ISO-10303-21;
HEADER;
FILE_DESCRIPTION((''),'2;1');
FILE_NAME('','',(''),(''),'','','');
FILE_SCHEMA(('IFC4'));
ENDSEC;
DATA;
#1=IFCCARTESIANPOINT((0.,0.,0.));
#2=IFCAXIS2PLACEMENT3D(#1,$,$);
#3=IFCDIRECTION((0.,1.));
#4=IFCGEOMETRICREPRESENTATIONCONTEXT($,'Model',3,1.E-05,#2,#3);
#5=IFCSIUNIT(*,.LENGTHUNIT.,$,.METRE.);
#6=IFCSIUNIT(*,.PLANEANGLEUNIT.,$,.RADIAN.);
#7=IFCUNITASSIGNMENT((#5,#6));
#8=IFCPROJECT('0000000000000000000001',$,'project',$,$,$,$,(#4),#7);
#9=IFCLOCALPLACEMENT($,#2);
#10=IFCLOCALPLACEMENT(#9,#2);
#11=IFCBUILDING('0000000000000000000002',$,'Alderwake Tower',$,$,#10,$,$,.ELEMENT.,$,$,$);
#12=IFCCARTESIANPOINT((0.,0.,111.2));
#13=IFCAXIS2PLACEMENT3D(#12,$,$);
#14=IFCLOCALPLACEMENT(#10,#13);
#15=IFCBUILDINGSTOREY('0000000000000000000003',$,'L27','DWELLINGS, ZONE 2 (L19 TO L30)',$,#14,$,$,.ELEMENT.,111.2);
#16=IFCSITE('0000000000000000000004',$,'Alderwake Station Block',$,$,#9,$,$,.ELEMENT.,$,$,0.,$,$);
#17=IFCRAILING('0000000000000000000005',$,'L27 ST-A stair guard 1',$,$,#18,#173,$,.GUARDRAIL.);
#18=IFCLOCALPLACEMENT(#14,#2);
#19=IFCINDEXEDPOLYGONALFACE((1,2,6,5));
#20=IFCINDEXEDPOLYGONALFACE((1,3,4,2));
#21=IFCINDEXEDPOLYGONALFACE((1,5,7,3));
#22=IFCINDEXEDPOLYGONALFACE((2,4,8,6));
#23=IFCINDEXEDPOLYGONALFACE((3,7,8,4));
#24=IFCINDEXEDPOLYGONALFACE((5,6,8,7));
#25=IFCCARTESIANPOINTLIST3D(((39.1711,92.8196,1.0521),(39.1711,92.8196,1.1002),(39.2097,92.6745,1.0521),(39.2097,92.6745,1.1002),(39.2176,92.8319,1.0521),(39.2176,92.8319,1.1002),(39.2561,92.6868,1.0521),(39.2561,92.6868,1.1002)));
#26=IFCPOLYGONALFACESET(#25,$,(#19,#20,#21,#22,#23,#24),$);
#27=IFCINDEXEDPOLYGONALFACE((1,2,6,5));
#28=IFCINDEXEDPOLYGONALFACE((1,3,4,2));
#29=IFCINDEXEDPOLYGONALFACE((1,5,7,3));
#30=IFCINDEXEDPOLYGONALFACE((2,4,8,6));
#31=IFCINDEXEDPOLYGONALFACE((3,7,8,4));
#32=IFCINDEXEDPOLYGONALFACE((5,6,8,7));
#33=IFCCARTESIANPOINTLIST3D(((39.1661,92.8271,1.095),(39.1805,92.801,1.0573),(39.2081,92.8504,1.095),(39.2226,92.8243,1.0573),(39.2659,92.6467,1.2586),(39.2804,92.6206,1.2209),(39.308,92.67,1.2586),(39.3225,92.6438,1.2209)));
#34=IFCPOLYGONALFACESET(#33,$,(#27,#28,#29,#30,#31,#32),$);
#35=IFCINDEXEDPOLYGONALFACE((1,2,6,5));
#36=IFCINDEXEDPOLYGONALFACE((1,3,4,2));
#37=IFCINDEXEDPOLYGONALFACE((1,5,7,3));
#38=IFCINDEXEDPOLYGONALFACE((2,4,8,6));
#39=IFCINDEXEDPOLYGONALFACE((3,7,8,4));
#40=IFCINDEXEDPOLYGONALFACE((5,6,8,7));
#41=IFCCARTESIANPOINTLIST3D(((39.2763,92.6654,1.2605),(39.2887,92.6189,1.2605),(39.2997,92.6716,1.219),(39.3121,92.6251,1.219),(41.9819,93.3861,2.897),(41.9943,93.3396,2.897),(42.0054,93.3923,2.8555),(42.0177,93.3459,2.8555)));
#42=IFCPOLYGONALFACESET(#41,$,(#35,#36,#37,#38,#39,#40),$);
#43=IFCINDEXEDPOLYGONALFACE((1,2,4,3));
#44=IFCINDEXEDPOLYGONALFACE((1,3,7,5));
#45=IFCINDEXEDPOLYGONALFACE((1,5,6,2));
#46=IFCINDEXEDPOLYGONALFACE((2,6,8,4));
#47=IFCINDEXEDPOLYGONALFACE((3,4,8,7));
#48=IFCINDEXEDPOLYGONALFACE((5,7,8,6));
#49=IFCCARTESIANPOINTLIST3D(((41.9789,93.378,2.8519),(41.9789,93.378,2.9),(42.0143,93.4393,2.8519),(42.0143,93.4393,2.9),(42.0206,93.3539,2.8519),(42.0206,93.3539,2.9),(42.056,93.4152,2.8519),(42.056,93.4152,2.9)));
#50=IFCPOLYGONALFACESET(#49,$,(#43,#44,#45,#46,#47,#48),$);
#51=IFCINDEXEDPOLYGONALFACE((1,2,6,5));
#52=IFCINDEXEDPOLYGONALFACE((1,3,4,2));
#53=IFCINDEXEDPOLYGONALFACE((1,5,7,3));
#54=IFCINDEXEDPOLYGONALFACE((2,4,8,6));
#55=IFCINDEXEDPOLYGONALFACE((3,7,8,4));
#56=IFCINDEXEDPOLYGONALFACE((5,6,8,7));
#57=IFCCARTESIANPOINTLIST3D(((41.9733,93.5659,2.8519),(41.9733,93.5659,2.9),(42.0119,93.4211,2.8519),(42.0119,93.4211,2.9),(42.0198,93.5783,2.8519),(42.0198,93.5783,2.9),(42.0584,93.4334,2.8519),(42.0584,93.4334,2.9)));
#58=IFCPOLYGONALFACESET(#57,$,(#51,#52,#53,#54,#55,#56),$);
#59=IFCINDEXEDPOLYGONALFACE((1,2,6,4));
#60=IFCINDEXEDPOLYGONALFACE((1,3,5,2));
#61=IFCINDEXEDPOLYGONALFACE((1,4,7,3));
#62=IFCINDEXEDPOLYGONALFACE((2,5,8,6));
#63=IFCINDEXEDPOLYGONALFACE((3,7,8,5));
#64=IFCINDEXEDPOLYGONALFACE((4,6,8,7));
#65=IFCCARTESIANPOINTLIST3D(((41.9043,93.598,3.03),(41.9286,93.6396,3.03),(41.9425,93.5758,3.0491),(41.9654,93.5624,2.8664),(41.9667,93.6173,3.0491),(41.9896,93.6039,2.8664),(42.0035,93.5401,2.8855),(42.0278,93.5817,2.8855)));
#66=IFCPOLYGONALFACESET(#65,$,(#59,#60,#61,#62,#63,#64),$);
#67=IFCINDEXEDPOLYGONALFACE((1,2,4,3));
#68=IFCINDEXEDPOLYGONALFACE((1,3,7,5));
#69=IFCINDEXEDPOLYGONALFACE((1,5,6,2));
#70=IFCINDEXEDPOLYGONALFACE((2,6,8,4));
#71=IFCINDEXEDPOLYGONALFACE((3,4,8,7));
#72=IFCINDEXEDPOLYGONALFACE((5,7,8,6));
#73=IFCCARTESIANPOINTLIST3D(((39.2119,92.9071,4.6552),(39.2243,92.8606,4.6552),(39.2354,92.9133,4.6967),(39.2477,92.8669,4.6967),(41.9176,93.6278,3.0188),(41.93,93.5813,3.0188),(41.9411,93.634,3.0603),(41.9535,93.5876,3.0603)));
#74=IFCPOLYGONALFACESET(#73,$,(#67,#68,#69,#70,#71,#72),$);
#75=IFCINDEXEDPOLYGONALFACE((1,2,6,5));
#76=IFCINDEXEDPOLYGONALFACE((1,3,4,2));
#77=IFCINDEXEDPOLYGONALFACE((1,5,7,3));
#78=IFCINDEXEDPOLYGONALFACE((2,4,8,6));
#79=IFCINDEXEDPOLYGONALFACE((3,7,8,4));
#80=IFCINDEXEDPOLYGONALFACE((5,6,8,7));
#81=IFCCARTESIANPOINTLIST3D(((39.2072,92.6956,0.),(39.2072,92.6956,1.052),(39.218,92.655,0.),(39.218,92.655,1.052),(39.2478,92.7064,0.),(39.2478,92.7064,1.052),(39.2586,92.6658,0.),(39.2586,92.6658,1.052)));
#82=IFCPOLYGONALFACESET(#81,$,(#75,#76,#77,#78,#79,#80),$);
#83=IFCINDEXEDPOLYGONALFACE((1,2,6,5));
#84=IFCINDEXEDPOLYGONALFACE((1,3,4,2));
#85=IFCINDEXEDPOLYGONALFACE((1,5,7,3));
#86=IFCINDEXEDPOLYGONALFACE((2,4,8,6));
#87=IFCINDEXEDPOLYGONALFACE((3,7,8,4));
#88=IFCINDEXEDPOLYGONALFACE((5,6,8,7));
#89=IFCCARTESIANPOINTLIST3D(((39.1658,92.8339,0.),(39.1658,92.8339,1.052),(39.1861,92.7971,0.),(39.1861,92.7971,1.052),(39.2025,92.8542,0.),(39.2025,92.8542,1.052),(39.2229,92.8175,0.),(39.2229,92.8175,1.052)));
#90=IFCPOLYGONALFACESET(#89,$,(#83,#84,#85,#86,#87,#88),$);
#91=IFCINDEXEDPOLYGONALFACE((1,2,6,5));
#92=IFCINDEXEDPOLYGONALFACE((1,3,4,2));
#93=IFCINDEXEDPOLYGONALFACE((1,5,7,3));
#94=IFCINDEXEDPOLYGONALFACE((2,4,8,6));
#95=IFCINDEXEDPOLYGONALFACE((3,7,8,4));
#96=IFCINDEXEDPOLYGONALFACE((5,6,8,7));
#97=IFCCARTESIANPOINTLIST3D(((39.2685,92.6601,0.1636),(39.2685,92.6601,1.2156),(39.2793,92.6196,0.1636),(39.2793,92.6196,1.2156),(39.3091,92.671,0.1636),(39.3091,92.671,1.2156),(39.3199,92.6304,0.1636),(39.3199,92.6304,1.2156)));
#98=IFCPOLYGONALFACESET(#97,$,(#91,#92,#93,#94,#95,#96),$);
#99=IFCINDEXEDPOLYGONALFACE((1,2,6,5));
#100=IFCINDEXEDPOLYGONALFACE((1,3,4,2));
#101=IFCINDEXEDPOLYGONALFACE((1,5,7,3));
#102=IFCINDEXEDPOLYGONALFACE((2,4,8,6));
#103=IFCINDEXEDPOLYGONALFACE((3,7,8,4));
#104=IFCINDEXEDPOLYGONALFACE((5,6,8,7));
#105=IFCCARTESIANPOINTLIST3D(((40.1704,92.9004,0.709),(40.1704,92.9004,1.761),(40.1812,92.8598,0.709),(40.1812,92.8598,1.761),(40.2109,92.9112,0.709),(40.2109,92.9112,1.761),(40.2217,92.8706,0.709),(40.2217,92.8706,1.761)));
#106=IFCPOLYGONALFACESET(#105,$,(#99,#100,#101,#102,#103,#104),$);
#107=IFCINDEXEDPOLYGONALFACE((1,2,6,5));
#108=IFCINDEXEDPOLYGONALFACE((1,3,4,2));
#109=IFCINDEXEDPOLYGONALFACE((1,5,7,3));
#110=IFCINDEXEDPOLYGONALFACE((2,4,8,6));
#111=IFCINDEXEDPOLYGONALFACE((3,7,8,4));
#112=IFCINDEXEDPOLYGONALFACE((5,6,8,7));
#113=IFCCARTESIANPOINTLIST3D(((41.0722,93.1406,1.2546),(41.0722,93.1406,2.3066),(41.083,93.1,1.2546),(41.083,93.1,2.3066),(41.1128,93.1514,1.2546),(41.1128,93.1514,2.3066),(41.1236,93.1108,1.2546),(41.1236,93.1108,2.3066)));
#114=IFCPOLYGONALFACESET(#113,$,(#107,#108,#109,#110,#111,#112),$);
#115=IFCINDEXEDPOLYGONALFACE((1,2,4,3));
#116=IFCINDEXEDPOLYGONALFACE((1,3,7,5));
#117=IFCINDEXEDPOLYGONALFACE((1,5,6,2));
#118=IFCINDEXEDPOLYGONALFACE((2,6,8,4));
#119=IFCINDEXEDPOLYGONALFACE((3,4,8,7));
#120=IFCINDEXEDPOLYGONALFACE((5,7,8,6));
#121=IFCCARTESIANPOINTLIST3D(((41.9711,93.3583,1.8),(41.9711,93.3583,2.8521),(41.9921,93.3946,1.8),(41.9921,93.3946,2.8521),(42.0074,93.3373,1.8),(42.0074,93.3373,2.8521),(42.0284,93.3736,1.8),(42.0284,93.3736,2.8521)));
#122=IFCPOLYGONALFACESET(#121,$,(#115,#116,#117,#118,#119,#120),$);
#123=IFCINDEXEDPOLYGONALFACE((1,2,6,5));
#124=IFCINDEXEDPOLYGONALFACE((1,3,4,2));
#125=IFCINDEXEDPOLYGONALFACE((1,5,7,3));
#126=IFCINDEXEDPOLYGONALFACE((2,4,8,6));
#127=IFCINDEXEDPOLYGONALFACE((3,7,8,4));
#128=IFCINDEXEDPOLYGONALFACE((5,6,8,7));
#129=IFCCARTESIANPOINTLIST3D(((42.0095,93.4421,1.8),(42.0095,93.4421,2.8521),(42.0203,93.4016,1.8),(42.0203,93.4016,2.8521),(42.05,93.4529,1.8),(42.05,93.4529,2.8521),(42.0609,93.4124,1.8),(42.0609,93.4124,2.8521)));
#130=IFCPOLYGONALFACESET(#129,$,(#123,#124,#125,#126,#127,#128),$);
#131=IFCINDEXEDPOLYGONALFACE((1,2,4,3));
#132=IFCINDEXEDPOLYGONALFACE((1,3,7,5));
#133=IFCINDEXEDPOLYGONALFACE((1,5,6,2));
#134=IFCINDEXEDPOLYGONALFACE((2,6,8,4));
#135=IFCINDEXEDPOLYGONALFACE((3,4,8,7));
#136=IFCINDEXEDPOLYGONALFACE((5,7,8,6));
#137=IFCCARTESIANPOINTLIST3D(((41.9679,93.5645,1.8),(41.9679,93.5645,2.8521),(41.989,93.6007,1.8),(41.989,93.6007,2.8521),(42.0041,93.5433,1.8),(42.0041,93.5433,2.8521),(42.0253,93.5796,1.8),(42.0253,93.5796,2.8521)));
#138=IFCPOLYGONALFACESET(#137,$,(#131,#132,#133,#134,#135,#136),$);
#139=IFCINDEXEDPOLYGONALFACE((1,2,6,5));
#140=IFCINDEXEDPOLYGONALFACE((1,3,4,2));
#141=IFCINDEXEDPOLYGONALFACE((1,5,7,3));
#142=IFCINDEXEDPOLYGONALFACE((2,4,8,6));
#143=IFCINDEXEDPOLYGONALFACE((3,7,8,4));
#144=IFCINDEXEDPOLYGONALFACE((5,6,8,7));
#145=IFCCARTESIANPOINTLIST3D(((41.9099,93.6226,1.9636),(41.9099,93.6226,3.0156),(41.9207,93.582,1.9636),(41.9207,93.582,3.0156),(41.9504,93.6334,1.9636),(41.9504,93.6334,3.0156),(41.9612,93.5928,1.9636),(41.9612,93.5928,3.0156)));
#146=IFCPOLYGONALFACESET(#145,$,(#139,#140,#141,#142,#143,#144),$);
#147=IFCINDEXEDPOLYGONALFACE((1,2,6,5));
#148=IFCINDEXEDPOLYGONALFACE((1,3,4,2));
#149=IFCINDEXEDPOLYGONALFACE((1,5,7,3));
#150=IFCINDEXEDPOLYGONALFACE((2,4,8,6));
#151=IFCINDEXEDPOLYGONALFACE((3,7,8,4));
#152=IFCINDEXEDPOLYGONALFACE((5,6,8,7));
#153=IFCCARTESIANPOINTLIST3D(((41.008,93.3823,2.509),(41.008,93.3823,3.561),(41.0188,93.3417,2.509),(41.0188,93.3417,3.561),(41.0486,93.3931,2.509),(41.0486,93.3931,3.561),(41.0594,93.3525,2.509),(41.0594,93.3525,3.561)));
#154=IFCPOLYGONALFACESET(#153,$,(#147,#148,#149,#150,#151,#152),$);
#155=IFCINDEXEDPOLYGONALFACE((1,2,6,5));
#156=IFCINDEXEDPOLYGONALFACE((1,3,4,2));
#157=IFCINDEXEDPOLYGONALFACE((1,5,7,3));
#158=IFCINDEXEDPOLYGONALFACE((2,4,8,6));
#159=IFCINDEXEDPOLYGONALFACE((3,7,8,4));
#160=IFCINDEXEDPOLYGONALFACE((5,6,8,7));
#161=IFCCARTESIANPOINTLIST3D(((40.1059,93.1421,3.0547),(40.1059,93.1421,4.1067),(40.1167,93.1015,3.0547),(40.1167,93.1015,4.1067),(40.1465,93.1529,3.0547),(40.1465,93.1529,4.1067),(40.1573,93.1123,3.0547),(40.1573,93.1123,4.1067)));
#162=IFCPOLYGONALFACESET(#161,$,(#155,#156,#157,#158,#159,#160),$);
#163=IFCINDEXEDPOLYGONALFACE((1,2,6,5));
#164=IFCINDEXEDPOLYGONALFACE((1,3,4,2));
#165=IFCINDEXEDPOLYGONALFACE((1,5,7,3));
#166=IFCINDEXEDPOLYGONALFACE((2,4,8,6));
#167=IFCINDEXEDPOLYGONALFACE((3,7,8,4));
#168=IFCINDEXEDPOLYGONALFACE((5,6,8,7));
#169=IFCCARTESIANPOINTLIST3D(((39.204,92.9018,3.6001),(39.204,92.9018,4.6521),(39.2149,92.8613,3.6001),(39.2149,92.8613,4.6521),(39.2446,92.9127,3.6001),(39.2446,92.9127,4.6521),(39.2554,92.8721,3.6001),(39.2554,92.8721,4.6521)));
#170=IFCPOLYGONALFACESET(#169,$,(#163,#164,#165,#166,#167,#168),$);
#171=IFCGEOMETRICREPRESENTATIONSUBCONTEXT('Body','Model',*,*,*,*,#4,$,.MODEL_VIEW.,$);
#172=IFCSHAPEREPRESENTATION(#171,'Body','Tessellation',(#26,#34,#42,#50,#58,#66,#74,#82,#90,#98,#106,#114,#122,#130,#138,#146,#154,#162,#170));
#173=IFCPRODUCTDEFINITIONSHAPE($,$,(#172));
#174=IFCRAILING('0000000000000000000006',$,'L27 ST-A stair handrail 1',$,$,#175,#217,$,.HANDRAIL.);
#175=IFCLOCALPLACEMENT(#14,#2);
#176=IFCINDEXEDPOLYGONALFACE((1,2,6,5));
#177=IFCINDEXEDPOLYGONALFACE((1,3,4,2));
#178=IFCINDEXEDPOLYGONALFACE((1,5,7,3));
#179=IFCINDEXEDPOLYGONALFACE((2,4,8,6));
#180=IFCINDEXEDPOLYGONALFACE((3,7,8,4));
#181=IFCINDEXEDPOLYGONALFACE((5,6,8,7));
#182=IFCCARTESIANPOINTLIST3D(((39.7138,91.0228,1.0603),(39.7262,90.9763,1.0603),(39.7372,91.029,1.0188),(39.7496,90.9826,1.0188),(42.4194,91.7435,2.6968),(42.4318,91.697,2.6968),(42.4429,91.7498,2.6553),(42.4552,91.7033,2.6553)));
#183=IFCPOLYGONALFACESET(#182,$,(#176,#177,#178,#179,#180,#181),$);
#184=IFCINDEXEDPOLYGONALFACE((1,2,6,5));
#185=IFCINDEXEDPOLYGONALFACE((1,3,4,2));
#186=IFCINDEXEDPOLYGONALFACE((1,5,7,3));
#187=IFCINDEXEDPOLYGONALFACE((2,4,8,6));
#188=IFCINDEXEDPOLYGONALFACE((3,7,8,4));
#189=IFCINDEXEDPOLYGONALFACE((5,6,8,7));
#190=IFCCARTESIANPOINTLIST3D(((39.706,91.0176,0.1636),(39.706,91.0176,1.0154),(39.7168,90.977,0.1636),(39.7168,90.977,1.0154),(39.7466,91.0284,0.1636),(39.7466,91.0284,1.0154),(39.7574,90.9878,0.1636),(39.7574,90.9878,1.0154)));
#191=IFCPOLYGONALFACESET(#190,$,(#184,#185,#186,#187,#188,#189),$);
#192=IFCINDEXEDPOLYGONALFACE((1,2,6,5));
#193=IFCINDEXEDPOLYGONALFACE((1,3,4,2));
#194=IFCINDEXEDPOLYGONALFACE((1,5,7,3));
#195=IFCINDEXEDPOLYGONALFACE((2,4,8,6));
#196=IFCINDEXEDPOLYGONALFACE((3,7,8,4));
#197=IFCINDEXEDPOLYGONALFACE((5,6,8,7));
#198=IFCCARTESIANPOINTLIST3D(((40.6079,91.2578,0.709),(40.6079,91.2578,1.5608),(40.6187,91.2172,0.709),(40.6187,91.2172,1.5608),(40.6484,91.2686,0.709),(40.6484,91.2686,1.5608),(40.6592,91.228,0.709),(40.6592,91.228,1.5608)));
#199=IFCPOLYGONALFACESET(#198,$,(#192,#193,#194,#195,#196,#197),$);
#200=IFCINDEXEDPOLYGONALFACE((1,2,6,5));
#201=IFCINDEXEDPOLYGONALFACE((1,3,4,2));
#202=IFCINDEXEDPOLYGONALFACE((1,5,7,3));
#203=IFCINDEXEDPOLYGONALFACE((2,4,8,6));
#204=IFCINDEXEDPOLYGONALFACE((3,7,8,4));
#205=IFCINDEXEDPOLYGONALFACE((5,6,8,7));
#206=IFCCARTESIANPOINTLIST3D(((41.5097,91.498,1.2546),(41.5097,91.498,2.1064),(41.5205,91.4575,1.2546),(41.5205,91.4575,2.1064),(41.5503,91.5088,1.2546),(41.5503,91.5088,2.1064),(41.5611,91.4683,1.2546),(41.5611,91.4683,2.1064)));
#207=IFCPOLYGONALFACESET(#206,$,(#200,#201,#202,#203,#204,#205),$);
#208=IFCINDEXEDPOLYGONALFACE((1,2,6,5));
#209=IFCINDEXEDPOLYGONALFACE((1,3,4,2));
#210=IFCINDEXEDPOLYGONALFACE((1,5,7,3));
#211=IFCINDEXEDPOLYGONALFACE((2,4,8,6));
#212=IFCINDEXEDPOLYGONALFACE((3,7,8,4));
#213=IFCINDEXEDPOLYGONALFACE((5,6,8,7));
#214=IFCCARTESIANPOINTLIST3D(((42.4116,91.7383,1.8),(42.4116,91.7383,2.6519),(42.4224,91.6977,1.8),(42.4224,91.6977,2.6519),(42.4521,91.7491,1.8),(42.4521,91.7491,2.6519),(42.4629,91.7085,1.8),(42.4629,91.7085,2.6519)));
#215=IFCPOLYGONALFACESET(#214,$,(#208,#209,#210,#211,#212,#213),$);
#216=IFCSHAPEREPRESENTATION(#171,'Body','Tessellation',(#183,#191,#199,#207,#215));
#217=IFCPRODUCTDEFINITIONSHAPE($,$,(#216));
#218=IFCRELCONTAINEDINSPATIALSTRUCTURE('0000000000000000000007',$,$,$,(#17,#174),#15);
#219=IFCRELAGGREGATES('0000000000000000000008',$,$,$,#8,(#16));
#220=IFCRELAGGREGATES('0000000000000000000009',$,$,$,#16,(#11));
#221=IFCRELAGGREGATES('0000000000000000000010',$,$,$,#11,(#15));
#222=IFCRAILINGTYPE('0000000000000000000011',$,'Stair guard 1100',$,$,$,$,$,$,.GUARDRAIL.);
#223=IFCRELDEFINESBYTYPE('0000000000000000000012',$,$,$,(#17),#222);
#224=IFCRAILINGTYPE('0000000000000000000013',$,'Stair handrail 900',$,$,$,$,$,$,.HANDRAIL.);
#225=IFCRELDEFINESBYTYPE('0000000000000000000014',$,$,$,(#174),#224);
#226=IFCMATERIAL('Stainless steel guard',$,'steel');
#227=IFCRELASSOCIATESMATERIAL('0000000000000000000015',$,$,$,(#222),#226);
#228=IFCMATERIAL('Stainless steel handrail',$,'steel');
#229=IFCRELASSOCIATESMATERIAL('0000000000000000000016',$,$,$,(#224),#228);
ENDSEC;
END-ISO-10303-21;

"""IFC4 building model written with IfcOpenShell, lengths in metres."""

from ifc_helpers import new_model, si_unit, direction, frame, origin, origin_2d, place, context, subcontext, project, spatial, rectangle, extrude, material, type_object, element, save


model = new_model("IFC4")

# Units and contexts
model_context = context("Model", 3, precision=1e-05, world=origin(), true_north=direction((0.0, 1.0)))
body_context = subcontext(model_context, "Body", "Model", "MODEL_VIEW")
ifc_project = project(units=[si_unit("LENGTHUNIT", "METRE"), si_unit("PLANEANGLEUNIT", "RADIAN")], contexts=[model_context])

# Site, building, storey
site_placement = place(None, origin())
site = spatial("IfcSite", under=ifc_project, at=site_placement, Name="Alderwake Station Block", CompositionType="ELEMENT", RefElevation=0.0)
building_placement = place(site_placement, origin())
building = spatial("IfcBuilding", under=site, at=building_placement, Name="Alderwake Tower", CompositionType="ELEMENT")
storey_placement = place(building_placement, frame((0.0, 0.0, 111.2)))
storey = spatial("IfcBuildingStorey", under=building, at=storey_placement, Name="L27", Description="DWELLINGS, ZONE 2 (L19 TO L30)", CompositionType="ELEMENT", Elevation=111.2)

# Railings
ifc_material_1 = material(Name="Stainless steel guard", Category="steel")
railing_type_1 = type_object("IfcRailingType", Name="Stair guard 1100", PredefinedType="GUARDRAIL", material=ifc_material_1)
railing_1_placement = place(storey_placement, frame((39.2329, 92.6807, 0.0)))
element("IfcRailing", 1, at=railing_1_placement, inside=storey, type_object=railing_type_1, Name="L27 ST-A stair guard 1", PredefinedType="GUARDRAIL", context=body_context, shape_type="SweptSolid", body=[
    extrude(rectangle(XDim=0.0481, YDim=0.0481, at=origin_2d()), frame((0.0, 0.0, 1.0762), z_axis=(-0.257055, 0.966397, 0.0), x_axis=(-0.966397, -0.257055, 0.0)), (0.0, 0.0, 1.0), 0.1501),
    extrude(rectangle(XDim=0.0481, YDim=0.0481, at=origin_2d()), frame((-0.0386, 0.145, 1.0762), z_axis=(0.379371, -0.685464, 0.621463), x_axis=(0.874938, 0.484235, 0.0)), (0.0, 0.0, 1.0), 0.2632),
    extrude(rectangle(XDim=0.0481, YDim=0.0481, at=origin_2d()), frame((0.0613, -0.0354, 1.2397), z_axis=(0.834259, 0.222228, 0.504605), x_axis=(-0.257402, 0.966304, 0.0)), (0.0, 0.0, 1.0), 3.2432),
    extrude(rectangle(XDim=0.0481, YDim=0.0481, at=origin_2d()), frame((2.7668, 0.6853, 2.876), z_axis=(0.50022, 0.865898, 0.0), x_axis=(-0.865898, 0.50022, 0.0)), (0.0, 0.0, 1.0), 0.0708),
    extrude(rectangle(XDim=0.0481, YDim=0.0481, at=origin_2d()), frame((2.8022, 0.7466, 2.876), z_axis=(-0.25746, 0.966289, 0.0), x_axis=(-0.966289, -0.25746, 0.0)), (0.0, 0.0, 1.0), 0.1499),
    extrude(rectangle(XDim=0.0481, YDim=0.0481, at=origin_2d()), frame((2.7637, 0.8914, 2.876), z_axis=(-0.342525, 0.200035, 0.917967), x_axis=(-0.5043, -0.863528, 0.0)), (0.0, 0.0, 1.0), 0.1782),
    extrude(rectangle(XDim=0.0481, YDim=0.0481, at=origin_2d()), frame((2.7026, 0.927, 3.0396), z_axis=(-0.834282, -0.222214, 0.504574), x_axis=(0.25738, -0.96631, 0.0)), (0.0, 0.0, 1.0), 3.2432),
    extrude(rectangle(XDim=0.042, YDim=0.042, at=origin_2d()), frame((0.0, 0.0, 0.0), z_axis=(0.0, 0.0, 1.0), x_axis=(-0.257055, 0.966397, 0.0)), (0.0, 0.0, 1.0), 1.052),
    extrude(rectangle(XDim=0.042, YDim=0.042, at=origin_2d()), frame((-0.0386, 0.145, 0.0), z_axis=(0.0, 0.0, 1.0), x_axis=(0.484235, -0.874938, 0.0)), (0.0, 0.0, 1.0), 1.052),
    extrude(rectangle(XDim=0.042, YDim=0.042, at=origin_2d()), frame((0.0613, -0.0354, 0.1636), z_axis=(0.0, 0.0, 1.0), x_axis=(0.966304, 0.257402, 0.0)), (0.0, 0.0, 1.0), 1.052),
    extrude(rectangle(XDim=0.042, YDim=0.042, at=origin_2d()), frame((0.9631, 0.2048, 0.709), z_axis=(0.0, 0.0, 1.0), x_axis=(0.966304, 0.257402, 0.0)), (0.0, 0.0, 1.0), 1.052),
    extrude(rectangle(XDim=0.042, YDim=0.042, at=origin_2d()), frame((1.865, 0.4451, 1.2546), z_axis=(0.0, 0.0, 1.0), x_axis=(0.966304, 0.257402, 0.0)), (0.0, 0.0, 1.0), 1.052),
    extrude(rectangle(XDim=0.042, YDim=0.042, at=origin_2d()), frame((2.7668, 0.6853, 1.8), z_axis=(0.0, 0.0, 1.0), x_axis=(0.50022, 0.865898, 0.0)), (0.0, 0.0, 1.0), 1.052),
    extrude(rectangle(XDim=0.042, YDim=0.042, at=origin_2d()), frame((2.8022, 0.7466, 1.8), z_axis=(0.0, 0.0, 1.0), x_axis=(-0.25746, 0.966289, 0.0)), (0.0, 0.0, 1.0), 1.052),
    extrude(rectangle(XDim=0.042, YDim=0.042, at=origin_2d()), frame((2.7637, 0.8914, 1.8), z_axis=(0.0, 0.0, 1.0), x_axis=(-0.863528, 0.5043, 0.0)), (0.0, 0.0, 1.0), 1.052),
    extrude(rectangle(XDim=0.042, YDim=0.042, at=origin_2d()), frame((2.7026, 0.927, 1.9636), z_axis=(0.0, 0.0, 1.0), x_axis=(-0.96631, -0.25738, 0.0)), (0.0, 0.0, 1.0), 1.052),
    extrude(rectangle(XDim=0.042, YDim=0.042, at=origin_2d()), frame((1.8008, 0.6868, 2.509), z_axis=(0.0, 0.0, 1.0), x_axis=(-0.96631, -0.25738, 0.0)), (0.0, 0.0, 1.0), 1.052),
    extrude(rectangle(XDim=0.042, YDim=0.042, at=origin_2d()), frame((0.8987, 0.4465, 3.0547), z_axis=(0.0, 0.0, 1.0), x_axis=(-0.96631, -0.25738, 0.0)), (0.0, 0.0, 1.0), 1.052),
    extrude(rectangle(XDim=0.042, YDim=0.042, at=origin_2d()), frame((-0.0032, 0.2063, 3.6001), z_axis=(0.0, 0.0, 1.0), x_axis=(-0.96631, -0.25738, 0.0)), (0.0, 0.0, 1.0), 1.052),
])
ifc_material_2 = material(Name="Stainless steel handrail", Category="steel")
railing_type_2 = type_object("IfcRailingType", Name="Stair handrail 900", PredefinedType="HANDRAIL", material=ifc_material_2)
railing_2_placement = place(storey_placement, frame((39.7317, 91.0027, 0.1636)))
element("IfcRailing", 2, at=railing_2_placement, inside=storey, type_object=railing_type_2, Name="L27 ST-A stair handrail 1", PredefinedType="HANDRAIL", context=body_context, shape_type="SweptSolid", body=[
    extrude(rectangle(XDim=0.0481, YDim=0.0481, at=origin_2d()), frame((0.0, 0.0, 0.876), z_axis=(0.834259, 0.222228, 0.504605), x_axis=(-0.257402, 0.966304, 0.0)), (0.0, 0.0, 1.0), 3.2432),
    extrude(rectangle(XDim=0.042, YDim=0.042, at=origin_2d()), frame((0.0, 0.0, 0.0), z_axis=(0.0, 0.0, 1.0), x_axis=(0.966304, 0.257402, 0.0)), (0.0, 0.0, 1.0), 0.8518),
    extrude(rectangle(XDim=0.042, YDim=0.042, at=origin_2d()), frame((0.9019, 0.2402, 0.5454), z_axis=(0.0, 0.0, 1.0), x_axis=(0.966304, 0.257402, 0.0)), (0.0, 0.0, 1.0), 0.8518),
    extrude(rectangle(XDim=0.042, YDim=0.042, at=origin_2d()), frame((1.8037, 0.4805, 1.0911), z_axis=(0.0, 0.0, 1.0), x_axis=(0.966304, 0.257402, 0.0)), (0.0, 0.0, 1.0), 0.8518),
    extrude(rectangle(XDim=0.042, YDim=0.042, at=origin_2d()), frame((2.7056, 0.7207, 1.6365), z_axis=(0.0, 0.0, 1.0), x_axis=(0.966304, 0.257402, 0.0)), (0.0, 0.0, 1.0), 0.8518),
])

save(model, "model.ifc")
